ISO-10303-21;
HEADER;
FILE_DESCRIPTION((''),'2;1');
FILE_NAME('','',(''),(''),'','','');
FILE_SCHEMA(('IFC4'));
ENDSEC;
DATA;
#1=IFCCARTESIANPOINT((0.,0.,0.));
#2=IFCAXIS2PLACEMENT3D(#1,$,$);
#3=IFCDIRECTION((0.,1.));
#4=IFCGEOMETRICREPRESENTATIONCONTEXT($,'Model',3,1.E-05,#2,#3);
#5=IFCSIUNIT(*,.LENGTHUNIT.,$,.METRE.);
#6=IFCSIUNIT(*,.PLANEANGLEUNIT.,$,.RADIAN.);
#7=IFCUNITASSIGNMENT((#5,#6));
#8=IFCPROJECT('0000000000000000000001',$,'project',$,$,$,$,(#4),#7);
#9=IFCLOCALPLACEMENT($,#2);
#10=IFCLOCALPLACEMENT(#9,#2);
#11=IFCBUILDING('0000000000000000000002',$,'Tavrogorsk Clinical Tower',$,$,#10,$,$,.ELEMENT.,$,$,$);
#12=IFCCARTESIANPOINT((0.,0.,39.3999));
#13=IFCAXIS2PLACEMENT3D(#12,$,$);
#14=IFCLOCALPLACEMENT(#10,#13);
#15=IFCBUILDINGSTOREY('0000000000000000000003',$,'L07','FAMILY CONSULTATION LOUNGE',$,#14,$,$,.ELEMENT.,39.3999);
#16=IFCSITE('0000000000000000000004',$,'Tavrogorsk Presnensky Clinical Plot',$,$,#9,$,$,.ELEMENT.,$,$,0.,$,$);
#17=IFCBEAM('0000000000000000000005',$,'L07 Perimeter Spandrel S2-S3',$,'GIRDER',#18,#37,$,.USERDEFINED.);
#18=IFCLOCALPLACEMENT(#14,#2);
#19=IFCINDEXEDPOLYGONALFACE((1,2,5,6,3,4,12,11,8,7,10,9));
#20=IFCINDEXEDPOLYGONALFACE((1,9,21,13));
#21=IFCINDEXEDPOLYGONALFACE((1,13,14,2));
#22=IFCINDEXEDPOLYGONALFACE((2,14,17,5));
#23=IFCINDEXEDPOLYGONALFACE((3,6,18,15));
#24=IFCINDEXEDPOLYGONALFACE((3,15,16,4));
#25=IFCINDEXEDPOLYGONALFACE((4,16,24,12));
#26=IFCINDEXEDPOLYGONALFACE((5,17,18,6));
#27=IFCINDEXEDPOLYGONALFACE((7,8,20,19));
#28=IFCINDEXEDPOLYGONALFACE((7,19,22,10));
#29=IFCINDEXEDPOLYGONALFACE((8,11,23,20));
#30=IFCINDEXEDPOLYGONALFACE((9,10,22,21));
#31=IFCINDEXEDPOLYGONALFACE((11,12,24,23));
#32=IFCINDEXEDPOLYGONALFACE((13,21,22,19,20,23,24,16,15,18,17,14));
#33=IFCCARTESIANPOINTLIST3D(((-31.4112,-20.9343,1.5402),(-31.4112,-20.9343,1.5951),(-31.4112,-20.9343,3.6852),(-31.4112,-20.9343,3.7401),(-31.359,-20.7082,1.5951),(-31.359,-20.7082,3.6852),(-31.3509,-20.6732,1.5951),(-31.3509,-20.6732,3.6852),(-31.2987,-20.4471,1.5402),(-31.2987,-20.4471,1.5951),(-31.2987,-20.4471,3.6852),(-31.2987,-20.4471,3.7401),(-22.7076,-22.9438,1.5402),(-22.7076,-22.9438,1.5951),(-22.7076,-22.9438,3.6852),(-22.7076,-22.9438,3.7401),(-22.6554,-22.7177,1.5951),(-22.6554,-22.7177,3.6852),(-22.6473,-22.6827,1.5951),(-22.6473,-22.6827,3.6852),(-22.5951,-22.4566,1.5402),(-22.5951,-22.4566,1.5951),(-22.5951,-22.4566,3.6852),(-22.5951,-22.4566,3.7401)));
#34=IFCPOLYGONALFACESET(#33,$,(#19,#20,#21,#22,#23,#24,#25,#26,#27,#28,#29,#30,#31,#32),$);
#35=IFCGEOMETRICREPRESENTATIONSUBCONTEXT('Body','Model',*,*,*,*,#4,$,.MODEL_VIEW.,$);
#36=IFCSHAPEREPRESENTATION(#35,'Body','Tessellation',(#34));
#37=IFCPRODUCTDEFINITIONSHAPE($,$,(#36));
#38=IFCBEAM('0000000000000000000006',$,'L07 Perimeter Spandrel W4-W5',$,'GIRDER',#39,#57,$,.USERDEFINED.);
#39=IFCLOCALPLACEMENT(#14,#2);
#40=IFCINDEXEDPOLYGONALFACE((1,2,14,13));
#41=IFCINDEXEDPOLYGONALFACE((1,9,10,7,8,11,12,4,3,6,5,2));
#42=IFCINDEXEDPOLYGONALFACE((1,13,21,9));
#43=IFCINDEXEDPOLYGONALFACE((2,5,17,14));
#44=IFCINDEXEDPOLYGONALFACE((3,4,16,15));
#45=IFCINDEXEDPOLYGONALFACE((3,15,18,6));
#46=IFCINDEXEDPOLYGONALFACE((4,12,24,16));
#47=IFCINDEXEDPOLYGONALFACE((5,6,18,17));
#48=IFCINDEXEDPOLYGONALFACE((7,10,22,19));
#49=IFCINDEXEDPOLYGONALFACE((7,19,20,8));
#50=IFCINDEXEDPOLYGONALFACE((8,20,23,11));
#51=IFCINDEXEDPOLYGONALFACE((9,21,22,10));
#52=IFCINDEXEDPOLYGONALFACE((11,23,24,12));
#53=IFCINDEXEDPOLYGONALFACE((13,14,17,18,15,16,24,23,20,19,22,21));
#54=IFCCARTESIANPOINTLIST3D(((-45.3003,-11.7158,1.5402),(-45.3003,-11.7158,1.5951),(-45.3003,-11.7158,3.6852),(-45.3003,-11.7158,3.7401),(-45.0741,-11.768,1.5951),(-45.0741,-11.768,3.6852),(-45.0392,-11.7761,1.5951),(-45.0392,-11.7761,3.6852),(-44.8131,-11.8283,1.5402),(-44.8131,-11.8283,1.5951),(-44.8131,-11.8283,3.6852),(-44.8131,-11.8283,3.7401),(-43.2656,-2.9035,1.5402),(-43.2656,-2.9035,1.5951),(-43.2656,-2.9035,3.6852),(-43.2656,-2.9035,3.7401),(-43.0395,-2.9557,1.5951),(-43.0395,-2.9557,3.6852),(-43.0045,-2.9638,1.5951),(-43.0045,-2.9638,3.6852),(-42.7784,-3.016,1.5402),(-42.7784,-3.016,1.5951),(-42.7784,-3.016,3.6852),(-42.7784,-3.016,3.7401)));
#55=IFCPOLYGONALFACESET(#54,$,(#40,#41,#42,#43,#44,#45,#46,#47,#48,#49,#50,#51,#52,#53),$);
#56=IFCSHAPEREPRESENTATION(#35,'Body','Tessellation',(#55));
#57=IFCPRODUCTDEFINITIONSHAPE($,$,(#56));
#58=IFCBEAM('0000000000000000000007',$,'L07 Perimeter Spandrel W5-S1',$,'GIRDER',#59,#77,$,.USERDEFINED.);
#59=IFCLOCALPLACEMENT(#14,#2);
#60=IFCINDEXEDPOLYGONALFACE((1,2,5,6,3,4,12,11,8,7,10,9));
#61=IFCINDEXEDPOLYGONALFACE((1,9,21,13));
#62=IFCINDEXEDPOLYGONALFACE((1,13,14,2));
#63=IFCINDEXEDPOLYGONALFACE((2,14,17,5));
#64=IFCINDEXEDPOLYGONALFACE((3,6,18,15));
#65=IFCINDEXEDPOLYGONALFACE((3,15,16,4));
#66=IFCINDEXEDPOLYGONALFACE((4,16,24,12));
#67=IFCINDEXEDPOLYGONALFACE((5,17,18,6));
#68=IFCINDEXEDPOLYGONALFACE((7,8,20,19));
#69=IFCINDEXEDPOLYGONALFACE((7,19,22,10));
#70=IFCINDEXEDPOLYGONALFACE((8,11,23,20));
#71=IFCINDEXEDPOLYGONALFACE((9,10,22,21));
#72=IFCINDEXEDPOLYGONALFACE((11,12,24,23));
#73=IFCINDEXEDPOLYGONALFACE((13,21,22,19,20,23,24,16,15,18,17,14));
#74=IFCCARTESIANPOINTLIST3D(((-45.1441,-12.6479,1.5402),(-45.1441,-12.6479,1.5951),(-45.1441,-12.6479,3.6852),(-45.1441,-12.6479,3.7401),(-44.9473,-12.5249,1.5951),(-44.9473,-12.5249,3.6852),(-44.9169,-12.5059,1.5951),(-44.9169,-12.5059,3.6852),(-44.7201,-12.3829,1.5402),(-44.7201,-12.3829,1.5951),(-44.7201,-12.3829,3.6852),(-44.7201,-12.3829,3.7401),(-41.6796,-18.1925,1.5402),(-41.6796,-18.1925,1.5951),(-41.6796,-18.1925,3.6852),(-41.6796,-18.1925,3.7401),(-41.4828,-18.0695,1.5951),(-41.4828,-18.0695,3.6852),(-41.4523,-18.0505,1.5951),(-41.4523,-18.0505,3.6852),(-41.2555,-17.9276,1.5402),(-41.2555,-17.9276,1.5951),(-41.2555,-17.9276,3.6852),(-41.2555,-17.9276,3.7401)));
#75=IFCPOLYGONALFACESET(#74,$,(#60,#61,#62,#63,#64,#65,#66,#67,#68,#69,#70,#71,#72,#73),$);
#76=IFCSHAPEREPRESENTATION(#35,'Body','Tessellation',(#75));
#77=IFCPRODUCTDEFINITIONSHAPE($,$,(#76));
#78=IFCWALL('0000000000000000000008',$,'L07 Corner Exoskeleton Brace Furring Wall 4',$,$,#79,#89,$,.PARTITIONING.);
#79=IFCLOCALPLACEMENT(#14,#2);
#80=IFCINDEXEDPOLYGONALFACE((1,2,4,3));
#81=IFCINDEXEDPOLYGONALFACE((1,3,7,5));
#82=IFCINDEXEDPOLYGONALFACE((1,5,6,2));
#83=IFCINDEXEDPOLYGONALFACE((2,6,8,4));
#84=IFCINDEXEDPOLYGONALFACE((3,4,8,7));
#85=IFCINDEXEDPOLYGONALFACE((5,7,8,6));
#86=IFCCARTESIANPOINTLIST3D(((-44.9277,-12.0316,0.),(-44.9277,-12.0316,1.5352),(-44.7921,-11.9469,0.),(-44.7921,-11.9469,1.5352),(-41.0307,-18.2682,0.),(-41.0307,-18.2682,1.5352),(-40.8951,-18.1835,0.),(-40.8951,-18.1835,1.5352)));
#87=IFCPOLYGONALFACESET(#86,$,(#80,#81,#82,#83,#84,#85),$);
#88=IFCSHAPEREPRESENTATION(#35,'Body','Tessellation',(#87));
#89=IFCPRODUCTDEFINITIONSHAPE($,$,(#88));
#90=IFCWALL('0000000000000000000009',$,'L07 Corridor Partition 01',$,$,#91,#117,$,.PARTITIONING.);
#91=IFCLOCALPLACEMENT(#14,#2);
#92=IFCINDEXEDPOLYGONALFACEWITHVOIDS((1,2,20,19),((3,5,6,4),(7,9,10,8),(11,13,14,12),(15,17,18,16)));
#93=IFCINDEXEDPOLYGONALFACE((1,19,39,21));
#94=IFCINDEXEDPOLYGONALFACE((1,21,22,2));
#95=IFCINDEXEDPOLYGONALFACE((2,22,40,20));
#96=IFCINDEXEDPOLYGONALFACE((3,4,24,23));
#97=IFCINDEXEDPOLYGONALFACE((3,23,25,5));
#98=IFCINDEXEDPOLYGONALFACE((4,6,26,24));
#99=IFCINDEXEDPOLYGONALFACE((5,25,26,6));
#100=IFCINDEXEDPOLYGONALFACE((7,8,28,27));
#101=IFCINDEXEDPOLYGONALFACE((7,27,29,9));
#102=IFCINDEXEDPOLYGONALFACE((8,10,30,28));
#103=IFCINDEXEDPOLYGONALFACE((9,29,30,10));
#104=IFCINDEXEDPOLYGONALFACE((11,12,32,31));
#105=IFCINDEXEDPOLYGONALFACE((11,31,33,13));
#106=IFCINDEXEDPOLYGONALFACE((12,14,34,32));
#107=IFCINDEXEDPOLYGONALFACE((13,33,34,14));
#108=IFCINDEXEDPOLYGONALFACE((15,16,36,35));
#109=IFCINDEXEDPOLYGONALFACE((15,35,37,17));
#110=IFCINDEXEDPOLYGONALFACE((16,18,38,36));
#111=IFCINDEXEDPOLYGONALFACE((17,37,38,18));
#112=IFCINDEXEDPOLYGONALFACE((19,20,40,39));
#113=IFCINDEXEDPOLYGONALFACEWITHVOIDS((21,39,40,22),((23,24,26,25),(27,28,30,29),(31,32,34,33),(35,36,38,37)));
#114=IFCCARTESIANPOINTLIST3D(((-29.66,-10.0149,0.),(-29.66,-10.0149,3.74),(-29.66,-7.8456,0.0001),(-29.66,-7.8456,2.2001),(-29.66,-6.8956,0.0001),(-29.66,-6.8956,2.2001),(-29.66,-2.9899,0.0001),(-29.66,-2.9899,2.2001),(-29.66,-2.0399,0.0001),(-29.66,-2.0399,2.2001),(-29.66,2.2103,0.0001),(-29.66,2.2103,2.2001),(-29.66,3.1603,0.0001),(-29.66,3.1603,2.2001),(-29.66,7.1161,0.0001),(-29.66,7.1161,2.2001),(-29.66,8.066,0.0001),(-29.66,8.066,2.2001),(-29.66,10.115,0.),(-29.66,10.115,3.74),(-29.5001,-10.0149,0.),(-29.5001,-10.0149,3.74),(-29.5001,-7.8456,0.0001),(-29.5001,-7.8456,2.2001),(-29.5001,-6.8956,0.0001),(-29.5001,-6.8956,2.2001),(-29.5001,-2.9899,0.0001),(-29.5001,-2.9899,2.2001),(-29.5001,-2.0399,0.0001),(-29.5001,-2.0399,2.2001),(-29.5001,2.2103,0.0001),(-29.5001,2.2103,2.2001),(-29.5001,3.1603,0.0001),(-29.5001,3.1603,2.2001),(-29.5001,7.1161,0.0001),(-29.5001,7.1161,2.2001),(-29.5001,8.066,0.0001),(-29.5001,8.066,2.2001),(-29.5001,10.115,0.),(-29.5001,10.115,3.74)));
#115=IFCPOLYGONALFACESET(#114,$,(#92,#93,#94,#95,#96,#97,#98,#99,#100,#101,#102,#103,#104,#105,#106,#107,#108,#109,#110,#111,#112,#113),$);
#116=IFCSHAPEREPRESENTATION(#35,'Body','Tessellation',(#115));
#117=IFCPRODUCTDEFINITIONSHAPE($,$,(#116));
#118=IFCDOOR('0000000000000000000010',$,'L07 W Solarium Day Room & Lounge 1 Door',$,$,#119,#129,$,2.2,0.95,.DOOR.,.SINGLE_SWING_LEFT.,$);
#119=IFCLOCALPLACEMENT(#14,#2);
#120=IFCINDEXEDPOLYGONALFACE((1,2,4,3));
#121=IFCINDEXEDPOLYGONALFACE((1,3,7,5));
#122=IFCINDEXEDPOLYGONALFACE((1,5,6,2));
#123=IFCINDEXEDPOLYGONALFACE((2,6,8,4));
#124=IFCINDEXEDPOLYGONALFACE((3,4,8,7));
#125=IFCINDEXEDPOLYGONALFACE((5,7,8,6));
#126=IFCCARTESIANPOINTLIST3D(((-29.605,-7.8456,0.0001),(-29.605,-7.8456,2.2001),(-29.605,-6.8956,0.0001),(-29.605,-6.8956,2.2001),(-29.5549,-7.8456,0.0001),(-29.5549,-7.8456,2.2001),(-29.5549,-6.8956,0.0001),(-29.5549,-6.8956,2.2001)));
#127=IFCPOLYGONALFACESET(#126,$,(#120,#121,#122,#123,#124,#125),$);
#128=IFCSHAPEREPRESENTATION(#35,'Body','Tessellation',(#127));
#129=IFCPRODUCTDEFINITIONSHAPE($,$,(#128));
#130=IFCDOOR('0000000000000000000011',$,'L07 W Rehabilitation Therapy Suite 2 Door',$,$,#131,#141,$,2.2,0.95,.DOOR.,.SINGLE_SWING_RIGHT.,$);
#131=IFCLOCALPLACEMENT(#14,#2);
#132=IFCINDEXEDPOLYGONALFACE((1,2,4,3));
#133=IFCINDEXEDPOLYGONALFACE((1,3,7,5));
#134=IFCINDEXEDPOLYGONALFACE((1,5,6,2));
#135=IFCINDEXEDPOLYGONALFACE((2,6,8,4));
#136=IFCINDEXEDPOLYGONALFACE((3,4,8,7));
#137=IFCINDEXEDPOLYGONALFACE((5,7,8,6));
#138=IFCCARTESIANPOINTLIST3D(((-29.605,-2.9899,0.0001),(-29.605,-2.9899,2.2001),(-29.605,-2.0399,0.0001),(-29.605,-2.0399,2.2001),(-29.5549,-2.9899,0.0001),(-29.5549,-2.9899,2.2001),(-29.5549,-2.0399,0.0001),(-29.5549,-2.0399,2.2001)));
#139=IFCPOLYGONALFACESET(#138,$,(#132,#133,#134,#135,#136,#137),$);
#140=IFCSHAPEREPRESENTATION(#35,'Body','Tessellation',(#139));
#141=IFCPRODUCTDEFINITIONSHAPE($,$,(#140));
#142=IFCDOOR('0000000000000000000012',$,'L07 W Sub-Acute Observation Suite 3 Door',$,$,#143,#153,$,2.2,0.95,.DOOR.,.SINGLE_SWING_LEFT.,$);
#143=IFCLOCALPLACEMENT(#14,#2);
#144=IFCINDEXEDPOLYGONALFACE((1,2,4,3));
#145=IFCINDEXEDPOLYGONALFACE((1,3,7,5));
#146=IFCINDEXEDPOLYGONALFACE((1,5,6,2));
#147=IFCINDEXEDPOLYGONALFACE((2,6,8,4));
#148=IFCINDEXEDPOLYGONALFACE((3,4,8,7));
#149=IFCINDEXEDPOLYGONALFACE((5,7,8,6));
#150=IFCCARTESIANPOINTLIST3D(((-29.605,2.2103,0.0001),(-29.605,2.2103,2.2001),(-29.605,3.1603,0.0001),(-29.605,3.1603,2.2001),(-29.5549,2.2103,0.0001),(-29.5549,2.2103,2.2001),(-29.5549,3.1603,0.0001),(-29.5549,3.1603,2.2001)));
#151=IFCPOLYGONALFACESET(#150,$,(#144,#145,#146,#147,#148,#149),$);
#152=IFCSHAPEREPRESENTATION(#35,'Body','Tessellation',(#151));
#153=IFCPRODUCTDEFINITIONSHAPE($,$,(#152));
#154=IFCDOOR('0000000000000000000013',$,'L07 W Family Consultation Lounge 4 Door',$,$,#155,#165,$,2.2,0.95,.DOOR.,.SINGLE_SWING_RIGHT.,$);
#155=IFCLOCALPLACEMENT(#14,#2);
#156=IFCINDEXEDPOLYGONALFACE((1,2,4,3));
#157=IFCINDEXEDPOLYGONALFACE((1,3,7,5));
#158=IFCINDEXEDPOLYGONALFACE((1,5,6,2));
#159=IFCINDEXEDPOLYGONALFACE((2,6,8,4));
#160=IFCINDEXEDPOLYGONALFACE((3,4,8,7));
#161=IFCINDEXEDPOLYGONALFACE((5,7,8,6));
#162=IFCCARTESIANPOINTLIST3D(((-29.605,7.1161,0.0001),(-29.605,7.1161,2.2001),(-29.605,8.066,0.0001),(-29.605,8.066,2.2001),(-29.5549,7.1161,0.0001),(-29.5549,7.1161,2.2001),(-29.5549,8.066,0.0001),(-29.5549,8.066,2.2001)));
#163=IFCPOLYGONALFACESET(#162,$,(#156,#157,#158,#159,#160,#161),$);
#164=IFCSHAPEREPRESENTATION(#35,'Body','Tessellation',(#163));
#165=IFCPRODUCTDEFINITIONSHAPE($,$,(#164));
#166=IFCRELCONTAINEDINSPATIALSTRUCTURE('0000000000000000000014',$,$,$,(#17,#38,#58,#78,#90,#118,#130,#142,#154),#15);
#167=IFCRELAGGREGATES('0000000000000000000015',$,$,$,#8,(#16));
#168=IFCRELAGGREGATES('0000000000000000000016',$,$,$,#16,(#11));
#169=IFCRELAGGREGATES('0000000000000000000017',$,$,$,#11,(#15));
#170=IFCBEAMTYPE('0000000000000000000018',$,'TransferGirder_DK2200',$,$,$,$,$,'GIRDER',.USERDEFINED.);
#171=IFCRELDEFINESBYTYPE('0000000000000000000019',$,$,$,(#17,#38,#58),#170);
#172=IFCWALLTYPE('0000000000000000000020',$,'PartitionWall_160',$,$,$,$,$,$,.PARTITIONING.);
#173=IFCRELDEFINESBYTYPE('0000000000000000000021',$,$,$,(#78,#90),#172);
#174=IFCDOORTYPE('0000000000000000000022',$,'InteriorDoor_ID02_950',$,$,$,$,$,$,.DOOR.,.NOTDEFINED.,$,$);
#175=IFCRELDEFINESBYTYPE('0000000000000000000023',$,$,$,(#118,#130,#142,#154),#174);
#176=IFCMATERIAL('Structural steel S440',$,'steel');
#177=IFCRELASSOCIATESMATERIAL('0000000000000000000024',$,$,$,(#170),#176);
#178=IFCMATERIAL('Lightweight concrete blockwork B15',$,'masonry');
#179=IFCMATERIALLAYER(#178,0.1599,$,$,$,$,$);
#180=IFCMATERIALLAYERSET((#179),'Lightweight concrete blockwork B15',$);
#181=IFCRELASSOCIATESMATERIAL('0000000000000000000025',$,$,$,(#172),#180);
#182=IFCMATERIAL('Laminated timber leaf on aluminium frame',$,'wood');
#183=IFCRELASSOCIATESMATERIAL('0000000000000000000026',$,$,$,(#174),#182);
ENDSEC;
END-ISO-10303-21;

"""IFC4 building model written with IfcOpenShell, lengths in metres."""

from ifc_helpers import new_model, si_unit, direction, frame, frame_2d, origin, origin_2d, place, context, subcontext, project, spatial, rectangle, i_section, extrude, material, layer, layer_set, material_profile, profile_set, type_object, element, fill, save


model = new_model("IFC4")

# Units and contexts
model_context = context("Model", 3, precision=1e-05, world=origin(), true_north=direction((0.0, 1.0)))
body_context = subcontext(model_context, "Body", "Model", "MODEL_VIEW")
ifc_project = project(units=[si_unit("LENGTHUNIT", "METRE"), si_unit("PLANEANGLEUNIT", "RADIAN")], contexts=[model_context])

# Site, building, storey
site_placement = place(None, origin())
site = spatial("IfcSite", under=ifc_project, at=site_placement, Name="Tavrogorsk Presnensky Clinical Plot", CompositionType="ELEMENT", RefElevation=0.0)
building_placement = place(site_placement, origin())
building = spatial("IfcBuilding", under=site, at=building_placement, Name="Tavrogorsk Clinical Tower", CompositionType="ELEMENT")
storey_placement = place(building_placement, frame((0.0, 0.0, 39.3999)))
storey = spatial("IfcBuildingStorey", under=building, at=storey_placement, Name="L07", Description="FAMILY CONSULTATION LOUNGE", CompositionType="ELEMENT", Elevation=39.3999)

# Beams
ifc_material_1 = material(Name="Structural steel S440", Category="steel")
ifc_material_profile_1 = material_profile(ifc_material_1, i_section(OverallWidth=0.5, OverallDepth=2.2, WebThickness=0.0359, FlangeThickness=0.0549, at=origin_2d()), Name="DK-2200x500x36x55")
ifc_profile_set_1 = profile_set([ifc_material_profile_1], Name="Structural steel S440")
beam_type = type_object("IfcBeamType", Name="TransferGirder_DK2200", ElementType="GIRDER", PredefinedType="USERDEFINED", material=ifc_profile_set_1)
for number, where, z_axis, x_axis, name in (
    (1, (-31.355, -20.6907, 2.6401), (0.974367, -0.224965, 0.0), (0.224965, 0.974367, 0.0), "L07 Perimeter Spandrel S2-S3"),
):
    element("IfcBeam", number, at=place(storey_placement, frame(where, z_axis=z_axis, x_axis=x_axis)), inside=storey, type_object=beam_type, Name=name, ObjectType="GIRDER", PredefinedType="USERDEFINED", context=body_context, shape_type="SweptSolid", body=[
        extrude(i_section(OverallWidth=0.5, OverallDepth=2.2, WebThickness=0.0359, FlangeThickness=0.0549, at=origin_2d()), origin(), (0.0, 0.0, 1.0), 8.9326),
    ])
beam_1_placement = place(storey_placement, frame((-43.022, -2.9597, 2.6401), z_axis=(-0.224972, -0.974365, 0.0), x_axis=(0.974365, -0.224972, 0.0)))
element("IfcBeam", 2, at=beam_1_placement, inside=storey, type_object=beam_type, Name="L07 Perimeter Spandrel W4-W5", ObjectType="GIRDER", PredefinedType="USERDEFINED", context=body_context, shape_type="SweptSolid", body=[
    extrude(i_section(OverallWidth=0.5, OverallDepth=2.2, WebThickness=0.0359, FlangeThickness=0.0549, at=origin_2d()), origin(), (0.0, 0.0, 1.0), 9.0442),
])
beam_2_placement = place(storey_placement, frame((-44.9321, -12.5154, 2.6401), z_axis=(0.529908, -0.848055, 0.0), x_axis=(0.848055, 0.529908, 0.0)))
element("IfcBeam", 3, at=beam_2_placement, inside=storey, type_object=beam_type, Name="L07 Perimeter Spandrel W5-S1", ObjectType="GIRDER", PredefinedType="USERDEFINED", context=body_context, shape_type="SweptSolid", body=[
    extrude(i_section(OverallWidth=0.5, OverallDepth=2.2, WebThickness=0.0359, FlangeThickness=0.0549, at=origin_2d()), origin(), (0.0, 0.0, 1.0), 6.5381),
])

# Wall
ifc_material_2 = material(Name="Lightweight concrete blockwork B15", Category="masonry")
ifc_layer_1 = layer(ifc_material_2, 0.1599)
ifc_layer_set_1 = layer_set([ifc_layer_1], Name="Lightweight concrete blockwork B15")
wall_type_1 = type_object("IfcWallType", Name="PartitionWall_160", PredefinedType="PARTITIONING", material=ifc_layer_set_1)
wall_1_placement = place(storey_placement, frame((-44.8599, -11.9893, 0.0), z_axis=(0.0, 0.0, 1.0), x_axis=(0.529912, -0.848052, 0.0)))
element("IfcWall", 4, at=wall_1_placement, inside=storey, type_object=wall_type_1, Name="L07 Corner Exoskeleton Brace Furring Wall 4", PredefinedType="PARTITIONING", context=body_context, shape_type="SweptSolid", body=[
    extrude(rectangle(XDim=7.354, YDim=0.1599, at=frame_2d((3.677, 0.0))), origin(), (0.0, 0.0, 1.0), 1.5352),
])

# Wall, openings, doors
wall_2_placement = place(storey_placement, frame((-29.5801, -10.0149, 0.0), z_axis=(0.0, 0.0, 1.0), x_axis=(0.0, 1.0, 0.0)))
wall_2 = element("IfcWall", 5, at=wall_2_placement, inside=storey, type_object=wall_type_1, Name="L07 Corridor Partition 01", PredefinedType="PARTITIONING", context=body_context, shape_type="SweptSolid", body=[
    extrude(rectangle(XDim=20.1299, YDim=0.1599, at=frame_2d((10.0649, 0.0))), origin(), (0.0, 0.0, 1.0), 3.74),
])
opening_1_placement = place(wall_2_placement, frame((2.1692, 0.0, 0.0)))
opening_1 = element("IfcOpeningElement", 6, at=opening_1_placement, cuts=wall_2, PredefinedType="OPENING", context=body_context, shape_type="SweptSolid", body=[
    extrude(rectangle(XDim=0.95, YDim=2.2, at=frame_2d((0.4751, 1.1001))), frame((0.0, 0.0898, 0.0), z_axis=(0.0, -1.0, 0.0), x_axis=(1.0, 0.0, 0.0)), (0.0, 0.0, 1.0), 0.1799),
])
opening_2_placement = place(wall_2_placement, frame((7.0249, 0.0, 0.0)))
opening_2 = element("IfcOpeningElement", 7, at=opening_2_placement, cuts=wall_2, PredefinedType="OPENING", context=body_context, shape_type="SweptSolid", body=[
    extrude(rectangle(XDim=0.95, YDim=2.2, at=frame_2d((0.4751, 1.1001))), frame((0.0, 0.0898, 0.0), z_axis=(0.0, -1.0, 0.0), x_axis=(1.0, 0.0, 0.0)), (0.0, 0.0, 1.0), 0.1799),
])
opening_3_placement = place(wall_2_placement, frame((12.2251, 0.0, 0.0)))
opening_3 = element("IfcOpeningElement", 8, at=opening_3_placement, cuts=wall_2, PredefinedType="OPENING", context=body_context, shape_type="SweptSolid", body=[
    extrude(rectangle(XDim=0.95, YDim=2.2, at=frame_2d((0.4751, 1.1001))), frame((0.0, 0.0898, 0.0), z_axis=(0.0, -1.0, 0.0), x_axis=(1.0, 0.0, 0.0)), (0.0, 0.0, 1.0), 0.1799),
])
opening_4_placement = place(wall_2_placement, frame((17.1309, 0.0, 0.0)))
opening_4 = element("IfcOpeningElement", 9, at=opening_4_placement, cuts=wall_2, PredefinedType="OPENING", context=body_context, shape_type="SweptSolid", body=[
    extrude(rectangle(XDim=0.95, YDim=2.2, at=frame_2d((0.4751, 1.1001))), frame((0.0, 0.0898, 0.0), z_axis=(0.0, -1.0, 0.0), x_axis=(1.0, 0.0, 0.0)), (0.0, 0.0, 1.0), 0.1799),
])
ifc_material_3 = material(Name="Laminated timber leaf on aluminium frame", Category="wood")
door_type = type_object("IfcDoorType", Name="InteriorDoor_ID02_950", OperationType="NOTDEFINED", PredefinedType="DOOR", material=ifc_material_3)
door_1_placement = place(opening_1_placement, origin())
door_1 = element("IfcDoor", 10, at=door_1_placement, inside=storey, type_object=door_type, Name="L07 W Solarium Day Room & Lounge 1 Door", OperationType="SINGLE_SWING_LEFT", OverallHeight=2.2, OverallWidth=0.95, PredefinedType="DOOR", context=body_context, shape_type="SweptSolid", body=[
    extrude(rectangle(XDim=0.95, YDim=2.2, at=frame_2d((0.4751, 1.1001))), frame((0.0, 0.0249, 0.0), z_axis=(0.0, -1.0, 0.0), x_axis=(1.0, 0.0, 0.0)), (0.0, 0.0, 1.0), 0.05),
])
fill(opening_1, door_1)
door_2_placement = place(opening_2_placement, origin())
door_2 = element("IfcDoor", 11, at=door_2_placement, inside=storey, type_object=door_type, Name="L07 W Rehabilitation Therapy Suite 2 Door", OperationType="SINGLE_SWING_RIGHT", OverallHeight=2.2, OverallWidth=0.95, PredefinedType="DOOR", context=body_context, shape_type="SweptSolid", body=[
    extrude(rectangle(XDim=0.95, YDim=2.2, at=frame_2d((0.4751, 1.1001))), frame((0.0, 0.0249, 0.0), z_axis=(0.0, -1.0, 0.0), x_axis=(1.0, 0.0, 0.0)), (0.0, 0.0, 1.0), 0.05),
])
fill(opening_2, door_2)
door_3_placement = place(opening_3_placement, origin())
door_3 = element("IfcDoor", 12, at=door_3_placement, inside=storey, type_object=door_type, Name="L07 W Sub-Acute Observation Suite 3 Door", OperationType="SINGLE_SWING_LEFT", OverallHeight=2.2, OverallWidth=0.95, PredefinedType="DOOR", context=body_context, shape_type="SweptSolid", body=[
    extrude(rectangle(XDim=0.95, YDim=2.2, at=frame_2d((0.4751, 1.1001))), frame((0.0, 0.0249, 0.0), z_axis=(0.0, -1.0, 0.0), x_axis=(1.0, 0.0, 0.0)), (0.0, 0.0, 1.0), 0.05),
])
fill(opening_3, door_3)
door_4_placement = place(opening_4_placement, origin())
door_4 = element("IfcDoor", 13, at=door_4_placement, inside=storey, type_object=door_type, Name="L07 W Family Consultation Lounge 4 Door", OperationType="SINGLE_SWING_RIGHT", OverallHeight=2.2, OverallWidth=0.95, PredefinedType="DOOR", context=body_context, shape_type="SweptSolid", body=[
    extrude(rectangle(XDim=0.95, YDim=2.2, at=frame_2d((0.4751, 1.1001))), frame((0.0, 0.0249, 0.0), z_axis=(0.0, -1.0, 0.0), x_axis=(1.0, 0.0, 0.0)), (0.0, 0.0, 1.0), 0.05),
])
fill(opening_4, door_4)

save(model, "model.ifc")
